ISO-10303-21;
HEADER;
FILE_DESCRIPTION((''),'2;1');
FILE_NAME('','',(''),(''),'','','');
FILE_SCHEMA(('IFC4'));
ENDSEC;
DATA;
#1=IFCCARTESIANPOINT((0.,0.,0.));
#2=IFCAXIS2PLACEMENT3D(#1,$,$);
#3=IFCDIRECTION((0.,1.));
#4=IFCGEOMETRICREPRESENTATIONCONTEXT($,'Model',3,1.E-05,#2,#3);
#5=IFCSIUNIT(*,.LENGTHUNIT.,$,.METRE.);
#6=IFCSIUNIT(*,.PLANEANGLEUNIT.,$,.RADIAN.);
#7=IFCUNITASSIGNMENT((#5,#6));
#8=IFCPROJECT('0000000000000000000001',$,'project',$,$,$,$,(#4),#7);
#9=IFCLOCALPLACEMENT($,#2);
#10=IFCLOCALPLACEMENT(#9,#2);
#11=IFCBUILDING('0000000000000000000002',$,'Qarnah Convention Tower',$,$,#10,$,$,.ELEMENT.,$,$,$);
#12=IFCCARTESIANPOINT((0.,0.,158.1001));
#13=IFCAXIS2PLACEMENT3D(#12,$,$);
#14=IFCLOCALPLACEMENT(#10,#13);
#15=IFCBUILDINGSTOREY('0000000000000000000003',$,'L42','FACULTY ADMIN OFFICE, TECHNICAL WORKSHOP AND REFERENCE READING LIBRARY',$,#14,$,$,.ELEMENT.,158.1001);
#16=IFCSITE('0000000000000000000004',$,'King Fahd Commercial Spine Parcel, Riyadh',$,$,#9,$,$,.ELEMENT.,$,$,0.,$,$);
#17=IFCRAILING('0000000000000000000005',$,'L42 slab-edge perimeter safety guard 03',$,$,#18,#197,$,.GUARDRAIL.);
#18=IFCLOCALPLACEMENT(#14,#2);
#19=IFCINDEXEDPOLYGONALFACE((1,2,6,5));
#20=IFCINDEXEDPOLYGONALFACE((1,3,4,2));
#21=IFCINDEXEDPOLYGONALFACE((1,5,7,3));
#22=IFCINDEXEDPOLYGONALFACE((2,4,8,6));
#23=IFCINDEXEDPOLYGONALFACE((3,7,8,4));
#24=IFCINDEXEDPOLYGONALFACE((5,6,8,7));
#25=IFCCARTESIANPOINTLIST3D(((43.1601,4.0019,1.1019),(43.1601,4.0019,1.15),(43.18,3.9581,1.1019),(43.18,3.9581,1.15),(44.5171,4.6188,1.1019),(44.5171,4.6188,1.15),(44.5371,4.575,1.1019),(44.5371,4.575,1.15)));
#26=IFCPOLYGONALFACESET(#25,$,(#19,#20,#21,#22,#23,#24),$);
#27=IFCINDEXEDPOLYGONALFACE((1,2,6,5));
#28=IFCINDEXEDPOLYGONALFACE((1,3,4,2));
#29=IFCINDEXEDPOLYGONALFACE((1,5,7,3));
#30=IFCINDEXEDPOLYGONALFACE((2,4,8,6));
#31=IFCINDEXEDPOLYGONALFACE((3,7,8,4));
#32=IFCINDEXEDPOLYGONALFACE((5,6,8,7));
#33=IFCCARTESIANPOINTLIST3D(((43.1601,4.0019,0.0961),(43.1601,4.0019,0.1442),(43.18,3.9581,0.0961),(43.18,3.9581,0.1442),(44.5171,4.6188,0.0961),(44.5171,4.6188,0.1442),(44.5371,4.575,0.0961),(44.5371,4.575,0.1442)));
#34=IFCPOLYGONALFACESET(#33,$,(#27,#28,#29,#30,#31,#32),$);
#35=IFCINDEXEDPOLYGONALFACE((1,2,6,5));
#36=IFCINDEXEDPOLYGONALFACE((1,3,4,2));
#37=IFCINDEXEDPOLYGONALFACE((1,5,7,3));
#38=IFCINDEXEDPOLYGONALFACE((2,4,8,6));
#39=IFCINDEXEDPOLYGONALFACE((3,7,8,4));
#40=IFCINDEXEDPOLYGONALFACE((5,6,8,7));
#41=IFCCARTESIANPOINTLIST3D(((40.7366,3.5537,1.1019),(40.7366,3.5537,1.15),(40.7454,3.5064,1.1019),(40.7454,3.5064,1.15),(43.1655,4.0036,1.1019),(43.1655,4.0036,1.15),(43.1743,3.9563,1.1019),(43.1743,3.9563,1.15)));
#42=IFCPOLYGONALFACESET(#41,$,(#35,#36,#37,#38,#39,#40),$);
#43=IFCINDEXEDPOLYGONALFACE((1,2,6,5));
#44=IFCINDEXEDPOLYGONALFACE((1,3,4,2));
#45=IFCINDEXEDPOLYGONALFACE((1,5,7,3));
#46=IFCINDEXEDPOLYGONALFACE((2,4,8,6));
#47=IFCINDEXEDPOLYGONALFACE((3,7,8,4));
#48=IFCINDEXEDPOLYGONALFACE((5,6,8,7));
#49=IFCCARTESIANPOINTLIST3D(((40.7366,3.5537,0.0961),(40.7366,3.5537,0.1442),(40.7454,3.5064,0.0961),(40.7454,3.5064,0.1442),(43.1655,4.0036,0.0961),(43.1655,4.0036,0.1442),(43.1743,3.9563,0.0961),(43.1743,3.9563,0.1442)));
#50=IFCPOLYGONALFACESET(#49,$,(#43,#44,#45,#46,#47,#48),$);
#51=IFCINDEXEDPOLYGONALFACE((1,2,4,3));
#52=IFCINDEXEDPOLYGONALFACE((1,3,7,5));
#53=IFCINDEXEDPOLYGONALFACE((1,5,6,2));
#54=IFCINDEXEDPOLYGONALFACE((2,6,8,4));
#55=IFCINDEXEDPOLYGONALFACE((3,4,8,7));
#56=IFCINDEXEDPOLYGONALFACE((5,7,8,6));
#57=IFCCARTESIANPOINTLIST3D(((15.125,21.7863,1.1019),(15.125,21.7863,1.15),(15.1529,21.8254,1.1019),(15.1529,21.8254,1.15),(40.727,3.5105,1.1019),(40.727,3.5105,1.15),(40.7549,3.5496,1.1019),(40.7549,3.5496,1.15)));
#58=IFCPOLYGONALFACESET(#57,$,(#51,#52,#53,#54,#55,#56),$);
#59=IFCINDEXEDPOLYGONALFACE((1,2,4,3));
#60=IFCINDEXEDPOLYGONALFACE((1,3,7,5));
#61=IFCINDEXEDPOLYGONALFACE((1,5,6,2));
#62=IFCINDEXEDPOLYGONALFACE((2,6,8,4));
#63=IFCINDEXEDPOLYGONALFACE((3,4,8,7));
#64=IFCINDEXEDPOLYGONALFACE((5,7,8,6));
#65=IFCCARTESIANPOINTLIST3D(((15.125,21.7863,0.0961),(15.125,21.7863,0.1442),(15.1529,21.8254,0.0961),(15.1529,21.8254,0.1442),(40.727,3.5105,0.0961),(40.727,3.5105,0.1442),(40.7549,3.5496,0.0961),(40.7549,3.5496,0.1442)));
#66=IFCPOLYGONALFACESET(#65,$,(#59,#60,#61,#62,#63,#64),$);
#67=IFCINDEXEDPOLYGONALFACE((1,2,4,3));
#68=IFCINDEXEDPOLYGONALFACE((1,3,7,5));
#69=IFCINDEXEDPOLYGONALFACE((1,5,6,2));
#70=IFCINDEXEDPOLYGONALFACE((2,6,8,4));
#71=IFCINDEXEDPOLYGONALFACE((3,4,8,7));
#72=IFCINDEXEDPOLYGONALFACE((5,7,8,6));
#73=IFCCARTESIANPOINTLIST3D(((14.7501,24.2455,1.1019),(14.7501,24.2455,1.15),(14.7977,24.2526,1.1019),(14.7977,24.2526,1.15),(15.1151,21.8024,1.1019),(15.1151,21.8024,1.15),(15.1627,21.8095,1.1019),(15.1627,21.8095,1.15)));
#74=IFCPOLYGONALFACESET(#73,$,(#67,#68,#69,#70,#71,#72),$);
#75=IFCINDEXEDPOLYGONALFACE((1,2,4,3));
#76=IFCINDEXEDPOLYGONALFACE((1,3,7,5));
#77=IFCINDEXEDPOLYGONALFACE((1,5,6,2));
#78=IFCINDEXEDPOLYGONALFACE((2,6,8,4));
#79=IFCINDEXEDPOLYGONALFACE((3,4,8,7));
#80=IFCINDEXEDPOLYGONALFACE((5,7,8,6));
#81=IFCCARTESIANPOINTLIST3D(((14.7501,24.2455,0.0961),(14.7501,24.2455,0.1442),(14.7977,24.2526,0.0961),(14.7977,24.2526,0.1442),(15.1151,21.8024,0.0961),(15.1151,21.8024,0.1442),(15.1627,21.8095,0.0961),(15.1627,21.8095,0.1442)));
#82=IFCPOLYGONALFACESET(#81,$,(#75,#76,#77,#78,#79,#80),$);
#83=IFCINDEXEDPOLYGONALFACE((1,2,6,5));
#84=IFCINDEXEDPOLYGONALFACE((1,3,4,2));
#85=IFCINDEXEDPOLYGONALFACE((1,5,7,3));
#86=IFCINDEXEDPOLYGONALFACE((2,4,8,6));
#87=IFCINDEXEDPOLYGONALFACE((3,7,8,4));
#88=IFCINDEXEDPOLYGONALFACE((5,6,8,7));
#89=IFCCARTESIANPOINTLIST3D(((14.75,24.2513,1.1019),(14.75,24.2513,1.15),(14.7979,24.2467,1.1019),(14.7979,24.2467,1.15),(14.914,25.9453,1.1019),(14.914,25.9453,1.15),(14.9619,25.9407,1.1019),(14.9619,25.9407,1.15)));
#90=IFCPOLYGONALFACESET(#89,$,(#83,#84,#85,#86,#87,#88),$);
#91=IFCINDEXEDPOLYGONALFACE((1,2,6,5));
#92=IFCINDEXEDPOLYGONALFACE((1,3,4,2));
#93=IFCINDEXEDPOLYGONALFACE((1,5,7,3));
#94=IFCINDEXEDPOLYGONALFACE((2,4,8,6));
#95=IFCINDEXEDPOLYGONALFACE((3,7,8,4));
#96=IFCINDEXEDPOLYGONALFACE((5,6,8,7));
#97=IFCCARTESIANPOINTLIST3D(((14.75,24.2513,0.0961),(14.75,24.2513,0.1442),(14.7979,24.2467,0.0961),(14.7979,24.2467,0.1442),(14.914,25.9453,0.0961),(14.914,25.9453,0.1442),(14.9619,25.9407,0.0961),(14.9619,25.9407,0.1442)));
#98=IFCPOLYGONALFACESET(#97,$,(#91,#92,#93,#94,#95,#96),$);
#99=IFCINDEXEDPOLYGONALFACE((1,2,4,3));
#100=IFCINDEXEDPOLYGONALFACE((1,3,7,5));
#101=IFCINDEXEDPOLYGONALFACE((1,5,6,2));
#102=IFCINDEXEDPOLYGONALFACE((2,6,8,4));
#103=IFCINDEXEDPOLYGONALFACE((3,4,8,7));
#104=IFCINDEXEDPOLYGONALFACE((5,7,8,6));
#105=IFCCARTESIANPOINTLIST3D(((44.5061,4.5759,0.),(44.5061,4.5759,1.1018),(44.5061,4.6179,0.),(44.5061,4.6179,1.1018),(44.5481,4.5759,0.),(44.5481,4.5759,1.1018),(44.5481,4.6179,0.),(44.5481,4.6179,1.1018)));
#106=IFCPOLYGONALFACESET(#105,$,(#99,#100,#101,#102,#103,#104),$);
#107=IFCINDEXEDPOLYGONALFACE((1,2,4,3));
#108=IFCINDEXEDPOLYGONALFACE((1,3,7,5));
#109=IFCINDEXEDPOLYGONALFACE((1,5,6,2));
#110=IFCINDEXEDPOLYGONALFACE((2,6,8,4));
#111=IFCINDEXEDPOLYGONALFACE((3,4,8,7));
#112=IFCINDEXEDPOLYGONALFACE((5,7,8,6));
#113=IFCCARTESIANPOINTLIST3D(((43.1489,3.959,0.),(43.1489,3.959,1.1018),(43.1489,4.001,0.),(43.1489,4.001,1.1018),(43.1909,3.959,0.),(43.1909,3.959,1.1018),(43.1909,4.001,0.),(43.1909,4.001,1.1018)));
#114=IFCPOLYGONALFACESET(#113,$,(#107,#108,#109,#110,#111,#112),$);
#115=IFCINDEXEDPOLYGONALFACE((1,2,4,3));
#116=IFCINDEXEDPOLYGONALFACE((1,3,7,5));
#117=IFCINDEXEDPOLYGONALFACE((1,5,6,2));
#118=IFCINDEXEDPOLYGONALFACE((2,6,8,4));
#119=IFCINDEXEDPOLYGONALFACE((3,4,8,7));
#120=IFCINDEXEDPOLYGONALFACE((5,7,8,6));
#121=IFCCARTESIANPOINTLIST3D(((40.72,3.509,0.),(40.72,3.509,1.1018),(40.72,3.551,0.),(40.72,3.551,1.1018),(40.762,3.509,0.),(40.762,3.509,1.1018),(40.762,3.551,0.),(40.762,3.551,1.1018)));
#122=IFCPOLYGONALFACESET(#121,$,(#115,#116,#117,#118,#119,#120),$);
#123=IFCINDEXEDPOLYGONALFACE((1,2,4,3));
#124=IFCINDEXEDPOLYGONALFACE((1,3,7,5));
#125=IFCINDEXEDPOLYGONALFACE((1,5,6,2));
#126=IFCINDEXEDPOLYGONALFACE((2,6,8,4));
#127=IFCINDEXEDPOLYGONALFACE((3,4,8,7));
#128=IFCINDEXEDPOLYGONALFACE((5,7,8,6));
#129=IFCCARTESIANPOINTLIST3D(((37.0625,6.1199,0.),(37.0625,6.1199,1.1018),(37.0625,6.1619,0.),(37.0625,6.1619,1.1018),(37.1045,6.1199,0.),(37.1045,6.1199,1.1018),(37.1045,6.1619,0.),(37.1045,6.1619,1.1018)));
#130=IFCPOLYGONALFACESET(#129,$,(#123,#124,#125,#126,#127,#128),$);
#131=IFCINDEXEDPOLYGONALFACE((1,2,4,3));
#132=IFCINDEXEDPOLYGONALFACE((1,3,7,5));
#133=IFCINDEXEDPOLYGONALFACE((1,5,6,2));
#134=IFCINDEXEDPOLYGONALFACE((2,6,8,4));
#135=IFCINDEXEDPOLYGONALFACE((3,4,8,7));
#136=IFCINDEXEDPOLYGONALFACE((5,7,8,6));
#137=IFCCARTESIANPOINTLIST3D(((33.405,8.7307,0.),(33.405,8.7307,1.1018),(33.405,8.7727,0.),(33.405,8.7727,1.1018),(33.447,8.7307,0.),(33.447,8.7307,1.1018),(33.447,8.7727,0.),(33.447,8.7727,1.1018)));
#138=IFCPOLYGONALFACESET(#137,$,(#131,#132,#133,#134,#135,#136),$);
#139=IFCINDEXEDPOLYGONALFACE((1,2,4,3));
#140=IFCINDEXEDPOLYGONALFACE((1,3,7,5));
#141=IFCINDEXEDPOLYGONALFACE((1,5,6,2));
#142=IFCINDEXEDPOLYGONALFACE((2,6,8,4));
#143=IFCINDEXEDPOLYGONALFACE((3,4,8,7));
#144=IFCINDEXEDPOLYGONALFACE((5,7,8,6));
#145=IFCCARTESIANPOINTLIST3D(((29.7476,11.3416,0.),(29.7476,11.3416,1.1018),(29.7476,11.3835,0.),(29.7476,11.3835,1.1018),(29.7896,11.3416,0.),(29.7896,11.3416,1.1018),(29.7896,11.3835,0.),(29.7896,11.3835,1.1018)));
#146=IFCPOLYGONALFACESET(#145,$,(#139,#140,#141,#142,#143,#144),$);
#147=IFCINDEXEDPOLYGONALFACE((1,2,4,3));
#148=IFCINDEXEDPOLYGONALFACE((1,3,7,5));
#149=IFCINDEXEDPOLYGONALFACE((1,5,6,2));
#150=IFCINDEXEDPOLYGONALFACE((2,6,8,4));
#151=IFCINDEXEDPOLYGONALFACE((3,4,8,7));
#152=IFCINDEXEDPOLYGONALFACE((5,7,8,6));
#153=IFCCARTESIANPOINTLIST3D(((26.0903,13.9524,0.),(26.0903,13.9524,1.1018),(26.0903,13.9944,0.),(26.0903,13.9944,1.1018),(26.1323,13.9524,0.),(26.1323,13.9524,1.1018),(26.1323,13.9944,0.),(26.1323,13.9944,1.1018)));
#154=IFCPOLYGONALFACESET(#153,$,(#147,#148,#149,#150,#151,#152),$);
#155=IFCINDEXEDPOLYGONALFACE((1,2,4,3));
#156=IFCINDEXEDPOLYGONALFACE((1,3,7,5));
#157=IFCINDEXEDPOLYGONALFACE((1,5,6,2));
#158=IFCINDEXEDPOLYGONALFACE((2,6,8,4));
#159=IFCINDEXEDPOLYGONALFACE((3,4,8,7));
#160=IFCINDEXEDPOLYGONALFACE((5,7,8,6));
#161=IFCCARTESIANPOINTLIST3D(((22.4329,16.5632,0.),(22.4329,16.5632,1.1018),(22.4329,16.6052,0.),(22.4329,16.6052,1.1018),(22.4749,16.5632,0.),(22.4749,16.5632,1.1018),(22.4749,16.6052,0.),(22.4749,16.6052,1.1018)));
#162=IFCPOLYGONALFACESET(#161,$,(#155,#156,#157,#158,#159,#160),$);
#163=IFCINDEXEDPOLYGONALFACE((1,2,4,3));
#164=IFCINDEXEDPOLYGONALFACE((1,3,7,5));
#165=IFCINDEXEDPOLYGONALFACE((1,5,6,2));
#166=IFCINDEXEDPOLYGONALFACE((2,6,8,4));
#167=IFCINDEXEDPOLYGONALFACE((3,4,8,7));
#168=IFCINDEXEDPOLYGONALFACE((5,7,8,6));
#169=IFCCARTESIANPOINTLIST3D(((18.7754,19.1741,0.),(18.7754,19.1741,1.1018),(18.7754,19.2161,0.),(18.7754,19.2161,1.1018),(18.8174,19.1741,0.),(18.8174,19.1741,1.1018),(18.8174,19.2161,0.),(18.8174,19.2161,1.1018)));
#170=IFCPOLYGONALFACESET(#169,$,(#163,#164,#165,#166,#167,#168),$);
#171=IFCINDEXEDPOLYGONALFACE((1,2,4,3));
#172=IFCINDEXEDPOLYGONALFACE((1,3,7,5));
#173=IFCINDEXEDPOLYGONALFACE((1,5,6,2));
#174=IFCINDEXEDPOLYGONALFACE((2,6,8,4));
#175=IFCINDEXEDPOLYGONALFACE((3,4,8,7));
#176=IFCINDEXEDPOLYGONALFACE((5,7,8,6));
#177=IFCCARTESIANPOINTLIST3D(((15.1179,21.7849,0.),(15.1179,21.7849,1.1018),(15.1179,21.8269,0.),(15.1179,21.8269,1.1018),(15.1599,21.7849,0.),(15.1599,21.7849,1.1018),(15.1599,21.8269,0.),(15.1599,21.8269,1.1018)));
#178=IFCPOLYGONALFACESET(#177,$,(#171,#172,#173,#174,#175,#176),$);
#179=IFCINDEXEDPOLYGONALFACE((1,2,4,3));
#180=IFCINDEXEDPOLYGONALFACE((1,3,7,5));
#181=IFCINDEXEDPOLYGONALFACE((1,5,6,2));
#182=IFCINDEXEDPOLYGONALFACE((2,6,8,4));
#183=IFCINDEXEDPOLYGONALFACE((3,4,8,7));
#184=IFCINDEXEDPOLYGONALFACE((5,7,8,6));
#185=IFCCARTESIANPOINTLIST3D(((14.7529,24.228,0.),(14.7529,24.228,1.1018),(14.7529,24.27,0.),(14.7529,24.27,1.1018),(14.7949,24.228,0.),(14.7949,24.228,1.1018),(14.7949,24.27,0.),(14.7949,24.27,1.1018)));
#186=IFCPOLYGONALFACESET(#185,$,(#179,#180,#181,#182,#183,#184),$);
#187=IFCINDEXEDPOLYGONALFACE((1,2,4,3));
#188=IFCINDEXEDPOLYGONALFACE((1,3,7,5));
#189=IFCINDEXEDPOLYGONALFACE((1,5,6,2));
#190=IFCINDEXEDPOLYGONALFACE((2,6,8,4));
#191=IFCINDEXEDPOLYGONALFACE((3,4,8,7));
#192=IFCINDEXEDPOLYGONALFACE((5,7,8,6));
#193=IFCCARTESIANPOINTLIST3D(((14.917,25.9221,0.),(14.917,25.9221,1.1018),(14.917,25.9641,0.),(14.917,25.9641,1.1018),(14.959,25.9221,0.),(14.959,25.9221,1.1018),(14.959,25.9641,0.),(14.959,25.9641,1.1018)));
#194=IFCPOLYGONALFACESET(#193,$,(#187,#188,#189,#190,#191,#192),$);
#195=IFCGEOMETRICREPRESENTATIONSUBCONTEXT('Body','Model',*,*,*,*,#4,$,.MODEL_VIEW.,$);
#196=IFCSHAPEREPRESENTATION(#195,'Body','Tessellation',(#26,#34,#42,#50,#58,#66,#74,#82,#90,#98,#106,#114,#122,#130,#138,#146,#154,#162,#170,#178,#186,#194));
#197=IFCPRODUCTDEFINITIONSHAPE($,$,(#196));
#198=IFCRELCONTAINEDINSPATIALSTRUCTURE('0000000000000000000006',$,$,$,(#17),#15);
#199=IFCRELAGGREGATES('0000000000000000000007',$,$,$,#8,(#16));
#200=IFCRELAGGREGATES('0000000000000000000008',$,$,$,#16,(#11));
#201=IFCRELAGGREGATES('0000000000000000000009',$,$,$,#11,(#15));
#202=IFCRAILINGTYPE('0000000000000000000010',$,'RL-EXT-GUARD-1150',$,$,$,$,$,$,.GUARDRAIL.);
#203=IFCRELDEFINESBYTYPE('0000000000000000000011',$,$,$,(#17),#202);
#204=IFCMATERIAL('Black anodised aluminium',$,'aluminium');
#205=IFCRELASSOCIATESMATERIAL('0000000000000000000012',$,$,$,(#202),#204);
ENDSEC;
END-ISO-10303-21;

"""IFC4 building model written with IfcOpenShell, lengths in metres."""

from ifc_helpers import new_model, si_unit, direction, frame, origin, origin_2d, place, context, subcontext, project, spatial, rectangle, extrude, material, type_object, element, save


model = new_model("IFC4")

# Units and contexts
model_context = context("Model", 3, precision=1e-05, world=origin(), true_north=direction((0.0, 1.0)))
body_context = subcontext(model_context, "Body", "Model", "MODEL_VIEW")
ifc_project = project(units=[si_unit("LENGTHUNIT", "METRE"), si_unit("PLANEANGLEUNIT", "RADIAN")], contexts=[model_context])

# Site, building, storey
site_placement = place(None, origin())
site = spatial("IfcSite", under=ifc_project, at=site_placement, Name="King Fahd Commercial Spine Parcel, Riyadh", CompositionType="ELEMENT", RefElevation=0.0)
building_placement = place(site_placement, origin())
building = spatial("IfcBuilding", under=site, at=building_placement, Name="Qarnah Convention Tower", CompositionType="ELEMENT")
storey_placement = place(building_placement, frame((0.0, 0.0, 158.1001)))
storey = spatial("IfcBuildingStorey", under=building, at=storey_placement, Name="L42", Description="FACULTY ADMIN OFFICE, TECHNICAL WORKSHOP AND REFERENCE READING LIBRARY", CompositionType="ELEMENT", Elevation=158.1001)

# Shared definitions
ifc_material_1 = material(Name="Black anodised aluminium", Category="aluminium")

# Railing
railing_type = type_object("IfcRailingType", Name="RL-EXT-GUARD-1150", PredefinedType="GUARDRAIL", material=ifc_material_1)
railing_1_placement = place(storey_placement, frame((44.5271, 4.5969, 0.0)))
element("IfcRailing", 1, at=railing_1_placement, inside=storey, type_object=railing_type, Name="L42 slab-edge perimeter safety guard 03", PredefinedType="GUARDRAIL", context=body_context, shape_type="SweptSolid", body=[
    extrude(rectangle(XDim=0.0481, YDim=0.0481, at=origin_2d()), frame((0.0, 0.0, 1.126), z_axis=(-0.910355, -0.413828, 0.0), x_axis=(0.413828, -0.910355, 0.0)), (0.0, 0.0, 1.0), 1.4907),
    extrude(rectangle(XDim=0.0481, YDim=0.0481, at=origin_2d()), frame((0.0, 0.0, 0.1201), z_axis=(-0.910355, -0.413828, 0.0), x_axis=(0.413828, -0.910355, 0.0)), (0.0, 0.0, 1.0), 1.4907),
    extrude(rectangle(XDim=0.0481, YDim=0.0481, at=origin_2d()), frame((-1.3572, -0.6169, 1.126), z_axis=(-0.983272, -0.182146, 0.0), x_axis=(0.182146, -0.983272, 0.0)), (0.0, 0.0, 1.0), 2.4702),
    extrude(rectangle(XDim=0.0481, YDim=0.0481, at=origin_2d()), frame((-1.3572, -0.6169, 0.1201), z_axis=(-0.983272, -0.182146, 0.0), x_axis=(0.182146, -0.983272, 0.0)), (0.0, 0.0, 1.0), 2.4702),
    extrude(rectangle(XDim=0.0481, YDim=0.0481, at=origin_2d()), frame((-3.7861, -1.0669, 1.126), z_axis=(-0.813903, 0.581, 0.0), x_axis=(-0.581, -0.813903, 0.0)), (0.0, 0.0, 1.0), 31.4558),
    extrude(rectangle(XDim=0.0481, YDim=0.0481, at=origin_2d()), frame((-3.7861, -1.0669, 0.1201), z_axis=(-0.813903, 0.581, 0.0), x_axis=(-0.581, -0.813903, 0.0)), (0.0, 0.0, 1.0), 31.4558),
    extrude(rectangle(XDim=0.0481, YDim=0.0481, at=origin_2d()), frame((-29.3882, 17.209, 1.126), z_axis=(-0.147756, 0.989024, 0.0), x_axis=(-0.989024, -0.147756, 0.0)), (0.0, 0.0, 1.0), 2.4702),
    extrude(rectangle(XDim=0.0481, YDim=0.0481, at=origin_2d()), frame((-29.3882, 17.209, 0.1201), z_axis=(-0.147756, 0.989024, 0.0), x_axis=(-0.989024, -0.147756, 0.0)), (0.0, 0.0, 1.0), 2.4702),
    extrude(rectangle(XDim=0.0481, YDim=0.0481, at=origin_2d()), frame((-29.7532, 19.6521, 1.126), z_axis=(0.096393, 0.995343, 0.0), x_axis=(-0.995343, 0.096393, 0.0)), (0.0, 0.0, 1.0), 1.7019),
    extrude(rectangle(XDim=0.0481, YDim=0.0481, at=origin_2d()), frame((-29.7532, 19.6521, 0.1201), z_axis=(0.096393, 0.995343, 0.0), x_axis=(-0.995343, 0.096393, 0.0)), (0.0, 0.0, 1.0), 1.7019),
    extrude(rectangle(XDim=0.042, YDim=0.042, at=origin_2d()), origin(), (0.0, 0.0, 1.0), 1.1018),
    extrude(rectangle(XDim=0.042, YDim=0.042, at=origin_2d()), frame((-1.3572, -0.6169, 0.0)), (0.0, 0.0, 1.0), 1.1018),
    extrude(rectangle(XDim=0.042, YDim=0.042, at=origin_2d()), frame((-3.7861, -1.0669, 0.0)), (0.0, 0.0, 1.0), 1.1018),
    extrude(rectangle(XDim=0.042, YDim=0.042, at=origin_2d()), frame((-7.4436, 1.5439, 0.0)), (0.0, 0.0, 1.0), 1.1018),
    extrude(rectangle(XDim=0.042, YDim=0.042, at=origin_2d()), frame((-11.1011, 4.1548, 0.0)), (0.0, 0.0, 1.0), 1.1018),
    extrude(rectangle(XDim=0.042, YDim=0.042, at=origin_2d()), frame((-14.7585, 6.7656, 0.0)), (0.0, 0.0, 1.0), 1.1018),
    extrude(rectangle(XDim=0.042, YDim=0.042, at=origin_2d()), frame((-18.4158, 9.3765, 0.0)), (0.0, 0.0, 1.0), 1.1018),
    extrude(rectangle(XDim=0.042, YDim=0.042, at=origin_2d()), frame((-22.0732, 11.9873, 0.0)), (0.0, 0.0, 1.0), 1.1018),
    extrude(rectangle(XDim=0.042, YDim=0.042, at=origin_2d()), frame((-25.7307, 14.5981, 0.0)), (0.0, 0.0, 1.0), 1.1018),
    extrude(rectangle(XDim=0.042, YDim=0.042, at=origin_2d()), frame((-29.3882, 17.209, 0.0)), (0.0, 0.0, 1.0), 1.1018),
    extrude(rectangle(XDim=0.042, YDim=0.042, at=origin_2d()), frame((-29.7532, 19.6521, 0.0)), (0.0, 0.0, 1.0), 1.1018),
    extrude(rectangle(XDim=0.042, YDim=0.042, at=origin_2d()), frame((-29.5891, 21.3462, 0.0)), (0.0, 0.0, 1.0), 1.1018),
])

save(model, "model.ifc")
